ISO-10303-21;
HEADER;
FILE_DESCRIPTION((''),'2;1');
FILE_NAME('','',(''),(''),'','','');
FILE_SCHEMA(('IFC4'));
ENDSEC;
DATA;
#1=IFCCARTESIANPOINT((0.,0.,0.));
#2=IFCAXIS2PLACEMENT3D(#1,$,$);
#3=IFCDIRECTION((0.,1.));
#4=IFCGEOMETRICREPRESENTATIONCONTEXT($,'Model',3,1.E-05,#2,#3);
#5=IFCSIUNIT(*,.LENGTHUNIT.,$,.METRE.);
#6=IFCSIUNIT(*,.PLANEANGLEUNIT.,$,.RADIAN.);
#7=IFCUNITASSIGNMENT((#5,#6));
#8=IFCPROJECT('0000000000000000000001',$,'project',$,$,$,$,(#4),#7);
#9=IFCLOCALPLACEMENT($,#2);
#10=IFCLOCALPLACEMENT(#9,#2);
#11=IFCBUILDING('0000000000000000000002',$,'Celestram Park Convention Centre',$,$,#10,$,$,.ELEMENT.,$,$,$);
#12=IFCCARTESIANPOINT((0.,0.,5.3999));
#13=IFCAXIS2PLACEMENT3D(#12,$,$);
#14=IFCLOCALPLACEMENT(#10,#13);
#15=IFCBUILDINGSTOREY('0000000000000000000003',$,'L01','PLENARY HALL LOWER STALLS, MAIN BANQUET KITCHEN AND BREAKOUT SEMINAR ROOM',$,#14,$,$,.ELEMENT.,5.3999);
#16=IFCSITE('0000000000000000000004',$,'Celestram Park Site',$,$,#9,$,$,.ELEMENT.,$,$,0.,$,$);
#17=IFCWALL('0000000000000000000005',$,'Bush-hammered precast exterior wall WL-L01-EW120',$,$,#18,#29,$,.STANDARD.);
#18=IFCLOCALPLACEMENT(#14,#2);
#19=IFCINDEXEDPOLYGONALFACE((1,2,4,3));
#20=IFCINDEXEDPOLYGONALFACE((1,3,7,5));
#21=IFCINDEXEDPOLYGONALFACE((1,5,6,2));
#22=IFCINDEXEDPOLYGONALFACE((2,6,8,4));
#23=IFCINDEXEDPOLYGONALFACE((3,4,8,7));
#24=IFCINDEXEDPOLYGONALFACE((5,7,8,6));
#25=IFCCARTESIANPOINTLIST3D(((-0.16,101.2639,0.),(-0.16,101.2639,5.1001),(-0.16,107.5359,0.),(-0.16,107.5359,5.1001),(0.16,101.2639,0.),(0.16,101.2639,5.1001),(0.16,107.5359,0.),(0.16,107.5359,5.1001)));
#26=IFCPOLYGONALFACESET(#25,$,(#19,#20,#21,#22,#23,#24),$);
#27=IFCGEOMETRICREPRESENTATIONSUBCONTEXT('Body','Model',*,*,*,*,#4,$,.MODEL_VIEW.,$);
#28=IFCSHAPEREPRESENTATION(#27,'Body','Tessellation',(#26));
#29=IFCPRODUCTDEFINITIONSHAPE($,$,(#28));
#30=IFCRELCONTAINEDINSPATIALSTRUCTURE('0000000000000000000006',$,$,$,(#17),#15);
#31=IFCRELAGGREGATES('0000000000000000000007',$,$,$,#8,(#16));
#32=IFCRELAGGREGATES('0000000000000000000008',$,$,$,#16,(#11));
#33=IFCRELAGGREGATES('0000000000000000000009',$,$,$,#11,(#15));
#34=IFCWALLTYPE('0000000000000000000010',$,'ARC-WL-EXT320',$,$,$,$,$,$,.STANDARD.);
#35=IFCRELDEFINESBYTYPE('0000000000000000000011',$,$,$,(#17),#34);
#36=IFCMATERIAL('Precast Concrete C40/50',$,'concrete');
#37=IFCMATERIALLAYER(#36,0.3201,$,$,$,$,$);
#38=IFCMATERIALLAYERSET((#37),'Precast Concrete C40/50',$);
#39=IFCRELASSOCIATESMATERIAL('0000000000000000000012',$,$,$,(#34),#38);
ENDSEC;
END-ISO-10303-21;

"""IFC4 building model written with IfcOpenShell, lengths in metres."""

from ifc_helpers import new_model, si_unit, direction, frame, frame_2d, origin, place, context, subcontext, project, spatial, rectangle, extrude, material, layer, layer_set, type_object, element, save


model = new_model("IFC4")

# Units and contexts
model_context = context("Model", 3, precision=1e-05, world=origin(), true_north=direction((0.0, 1.0)))
body_context = subcontext(model_context, "Body", "Model", "MODEL_VIEW")
ifc_project = project(units=[si_unit("LENGTHUNIT", "METRE"), si_unit("PLANEANGLEUNIT", "RADIAN")], contexts=[model_context])

# Site, building, storey
site_placement = place(None, origin())
site = spatial("IfcSite", under=ifc_project, at=site_placement, Name="Celestram Park Site", CompositionType="ELEMENT", RefElevation=0.0)
building_placement = place(site_placement, origin())
building = spatial("IfcBuilding", under=site, at=building_placement, Name="Celestram Park Convention Centre", CompositionType="ELEMENT")
storey_placement = place(building_placement, frame((0.0, 0.0, 5.3999)))
storey = spatial("IfcBuildingStorey", under=building, at=storey_placement, Name="L01", Description="PLENARY HALL LOWER STALLS, MAIN BANQUET KITCHEN AND BREAKOUT SEMINAR ROOM", CompositionType="ELEMENT", Elevation=5.3999)

# Shared definitions
ifc_material_1 = material(Name="Precast Concrete C40/50", Category="concrete")
ifc_layer_1 = layer(ifc_material_1, 0.3201)
ifc_layer_set_1 = layer_set([ifc_layer_1], Name="Precast Concrete C40/50")
wall_type = type_object("IfcWallType", Name="ARC-WL-EXT320", PredefinedType="STANDARD", material=ifc_layer_set_1)

# Wall
wall_1_placement = place(storey_placement, frame((0.0, 101.2639, 0.0), z_axis=(0.0, 0.0, 1.0), x_axis=(0.0, 1.0, 0.0)))
element("IfcWall", 1, at=wall_1_placement, inside=storey, type_object=wall_type, Name="Bush-hammered precast exterior wall WL-L01-EW120", PredefinedType="STANDARD", context=body_context, shape_type="SweptSolid", body=[
    extrude(rectangle(XDim=6.272, YDim=0.3201, at=frame_2d((3.136, 0.0))), origin(), (0.0, 0.0, 1.0), 5.1001),
])

save(model, "model.ifc")
